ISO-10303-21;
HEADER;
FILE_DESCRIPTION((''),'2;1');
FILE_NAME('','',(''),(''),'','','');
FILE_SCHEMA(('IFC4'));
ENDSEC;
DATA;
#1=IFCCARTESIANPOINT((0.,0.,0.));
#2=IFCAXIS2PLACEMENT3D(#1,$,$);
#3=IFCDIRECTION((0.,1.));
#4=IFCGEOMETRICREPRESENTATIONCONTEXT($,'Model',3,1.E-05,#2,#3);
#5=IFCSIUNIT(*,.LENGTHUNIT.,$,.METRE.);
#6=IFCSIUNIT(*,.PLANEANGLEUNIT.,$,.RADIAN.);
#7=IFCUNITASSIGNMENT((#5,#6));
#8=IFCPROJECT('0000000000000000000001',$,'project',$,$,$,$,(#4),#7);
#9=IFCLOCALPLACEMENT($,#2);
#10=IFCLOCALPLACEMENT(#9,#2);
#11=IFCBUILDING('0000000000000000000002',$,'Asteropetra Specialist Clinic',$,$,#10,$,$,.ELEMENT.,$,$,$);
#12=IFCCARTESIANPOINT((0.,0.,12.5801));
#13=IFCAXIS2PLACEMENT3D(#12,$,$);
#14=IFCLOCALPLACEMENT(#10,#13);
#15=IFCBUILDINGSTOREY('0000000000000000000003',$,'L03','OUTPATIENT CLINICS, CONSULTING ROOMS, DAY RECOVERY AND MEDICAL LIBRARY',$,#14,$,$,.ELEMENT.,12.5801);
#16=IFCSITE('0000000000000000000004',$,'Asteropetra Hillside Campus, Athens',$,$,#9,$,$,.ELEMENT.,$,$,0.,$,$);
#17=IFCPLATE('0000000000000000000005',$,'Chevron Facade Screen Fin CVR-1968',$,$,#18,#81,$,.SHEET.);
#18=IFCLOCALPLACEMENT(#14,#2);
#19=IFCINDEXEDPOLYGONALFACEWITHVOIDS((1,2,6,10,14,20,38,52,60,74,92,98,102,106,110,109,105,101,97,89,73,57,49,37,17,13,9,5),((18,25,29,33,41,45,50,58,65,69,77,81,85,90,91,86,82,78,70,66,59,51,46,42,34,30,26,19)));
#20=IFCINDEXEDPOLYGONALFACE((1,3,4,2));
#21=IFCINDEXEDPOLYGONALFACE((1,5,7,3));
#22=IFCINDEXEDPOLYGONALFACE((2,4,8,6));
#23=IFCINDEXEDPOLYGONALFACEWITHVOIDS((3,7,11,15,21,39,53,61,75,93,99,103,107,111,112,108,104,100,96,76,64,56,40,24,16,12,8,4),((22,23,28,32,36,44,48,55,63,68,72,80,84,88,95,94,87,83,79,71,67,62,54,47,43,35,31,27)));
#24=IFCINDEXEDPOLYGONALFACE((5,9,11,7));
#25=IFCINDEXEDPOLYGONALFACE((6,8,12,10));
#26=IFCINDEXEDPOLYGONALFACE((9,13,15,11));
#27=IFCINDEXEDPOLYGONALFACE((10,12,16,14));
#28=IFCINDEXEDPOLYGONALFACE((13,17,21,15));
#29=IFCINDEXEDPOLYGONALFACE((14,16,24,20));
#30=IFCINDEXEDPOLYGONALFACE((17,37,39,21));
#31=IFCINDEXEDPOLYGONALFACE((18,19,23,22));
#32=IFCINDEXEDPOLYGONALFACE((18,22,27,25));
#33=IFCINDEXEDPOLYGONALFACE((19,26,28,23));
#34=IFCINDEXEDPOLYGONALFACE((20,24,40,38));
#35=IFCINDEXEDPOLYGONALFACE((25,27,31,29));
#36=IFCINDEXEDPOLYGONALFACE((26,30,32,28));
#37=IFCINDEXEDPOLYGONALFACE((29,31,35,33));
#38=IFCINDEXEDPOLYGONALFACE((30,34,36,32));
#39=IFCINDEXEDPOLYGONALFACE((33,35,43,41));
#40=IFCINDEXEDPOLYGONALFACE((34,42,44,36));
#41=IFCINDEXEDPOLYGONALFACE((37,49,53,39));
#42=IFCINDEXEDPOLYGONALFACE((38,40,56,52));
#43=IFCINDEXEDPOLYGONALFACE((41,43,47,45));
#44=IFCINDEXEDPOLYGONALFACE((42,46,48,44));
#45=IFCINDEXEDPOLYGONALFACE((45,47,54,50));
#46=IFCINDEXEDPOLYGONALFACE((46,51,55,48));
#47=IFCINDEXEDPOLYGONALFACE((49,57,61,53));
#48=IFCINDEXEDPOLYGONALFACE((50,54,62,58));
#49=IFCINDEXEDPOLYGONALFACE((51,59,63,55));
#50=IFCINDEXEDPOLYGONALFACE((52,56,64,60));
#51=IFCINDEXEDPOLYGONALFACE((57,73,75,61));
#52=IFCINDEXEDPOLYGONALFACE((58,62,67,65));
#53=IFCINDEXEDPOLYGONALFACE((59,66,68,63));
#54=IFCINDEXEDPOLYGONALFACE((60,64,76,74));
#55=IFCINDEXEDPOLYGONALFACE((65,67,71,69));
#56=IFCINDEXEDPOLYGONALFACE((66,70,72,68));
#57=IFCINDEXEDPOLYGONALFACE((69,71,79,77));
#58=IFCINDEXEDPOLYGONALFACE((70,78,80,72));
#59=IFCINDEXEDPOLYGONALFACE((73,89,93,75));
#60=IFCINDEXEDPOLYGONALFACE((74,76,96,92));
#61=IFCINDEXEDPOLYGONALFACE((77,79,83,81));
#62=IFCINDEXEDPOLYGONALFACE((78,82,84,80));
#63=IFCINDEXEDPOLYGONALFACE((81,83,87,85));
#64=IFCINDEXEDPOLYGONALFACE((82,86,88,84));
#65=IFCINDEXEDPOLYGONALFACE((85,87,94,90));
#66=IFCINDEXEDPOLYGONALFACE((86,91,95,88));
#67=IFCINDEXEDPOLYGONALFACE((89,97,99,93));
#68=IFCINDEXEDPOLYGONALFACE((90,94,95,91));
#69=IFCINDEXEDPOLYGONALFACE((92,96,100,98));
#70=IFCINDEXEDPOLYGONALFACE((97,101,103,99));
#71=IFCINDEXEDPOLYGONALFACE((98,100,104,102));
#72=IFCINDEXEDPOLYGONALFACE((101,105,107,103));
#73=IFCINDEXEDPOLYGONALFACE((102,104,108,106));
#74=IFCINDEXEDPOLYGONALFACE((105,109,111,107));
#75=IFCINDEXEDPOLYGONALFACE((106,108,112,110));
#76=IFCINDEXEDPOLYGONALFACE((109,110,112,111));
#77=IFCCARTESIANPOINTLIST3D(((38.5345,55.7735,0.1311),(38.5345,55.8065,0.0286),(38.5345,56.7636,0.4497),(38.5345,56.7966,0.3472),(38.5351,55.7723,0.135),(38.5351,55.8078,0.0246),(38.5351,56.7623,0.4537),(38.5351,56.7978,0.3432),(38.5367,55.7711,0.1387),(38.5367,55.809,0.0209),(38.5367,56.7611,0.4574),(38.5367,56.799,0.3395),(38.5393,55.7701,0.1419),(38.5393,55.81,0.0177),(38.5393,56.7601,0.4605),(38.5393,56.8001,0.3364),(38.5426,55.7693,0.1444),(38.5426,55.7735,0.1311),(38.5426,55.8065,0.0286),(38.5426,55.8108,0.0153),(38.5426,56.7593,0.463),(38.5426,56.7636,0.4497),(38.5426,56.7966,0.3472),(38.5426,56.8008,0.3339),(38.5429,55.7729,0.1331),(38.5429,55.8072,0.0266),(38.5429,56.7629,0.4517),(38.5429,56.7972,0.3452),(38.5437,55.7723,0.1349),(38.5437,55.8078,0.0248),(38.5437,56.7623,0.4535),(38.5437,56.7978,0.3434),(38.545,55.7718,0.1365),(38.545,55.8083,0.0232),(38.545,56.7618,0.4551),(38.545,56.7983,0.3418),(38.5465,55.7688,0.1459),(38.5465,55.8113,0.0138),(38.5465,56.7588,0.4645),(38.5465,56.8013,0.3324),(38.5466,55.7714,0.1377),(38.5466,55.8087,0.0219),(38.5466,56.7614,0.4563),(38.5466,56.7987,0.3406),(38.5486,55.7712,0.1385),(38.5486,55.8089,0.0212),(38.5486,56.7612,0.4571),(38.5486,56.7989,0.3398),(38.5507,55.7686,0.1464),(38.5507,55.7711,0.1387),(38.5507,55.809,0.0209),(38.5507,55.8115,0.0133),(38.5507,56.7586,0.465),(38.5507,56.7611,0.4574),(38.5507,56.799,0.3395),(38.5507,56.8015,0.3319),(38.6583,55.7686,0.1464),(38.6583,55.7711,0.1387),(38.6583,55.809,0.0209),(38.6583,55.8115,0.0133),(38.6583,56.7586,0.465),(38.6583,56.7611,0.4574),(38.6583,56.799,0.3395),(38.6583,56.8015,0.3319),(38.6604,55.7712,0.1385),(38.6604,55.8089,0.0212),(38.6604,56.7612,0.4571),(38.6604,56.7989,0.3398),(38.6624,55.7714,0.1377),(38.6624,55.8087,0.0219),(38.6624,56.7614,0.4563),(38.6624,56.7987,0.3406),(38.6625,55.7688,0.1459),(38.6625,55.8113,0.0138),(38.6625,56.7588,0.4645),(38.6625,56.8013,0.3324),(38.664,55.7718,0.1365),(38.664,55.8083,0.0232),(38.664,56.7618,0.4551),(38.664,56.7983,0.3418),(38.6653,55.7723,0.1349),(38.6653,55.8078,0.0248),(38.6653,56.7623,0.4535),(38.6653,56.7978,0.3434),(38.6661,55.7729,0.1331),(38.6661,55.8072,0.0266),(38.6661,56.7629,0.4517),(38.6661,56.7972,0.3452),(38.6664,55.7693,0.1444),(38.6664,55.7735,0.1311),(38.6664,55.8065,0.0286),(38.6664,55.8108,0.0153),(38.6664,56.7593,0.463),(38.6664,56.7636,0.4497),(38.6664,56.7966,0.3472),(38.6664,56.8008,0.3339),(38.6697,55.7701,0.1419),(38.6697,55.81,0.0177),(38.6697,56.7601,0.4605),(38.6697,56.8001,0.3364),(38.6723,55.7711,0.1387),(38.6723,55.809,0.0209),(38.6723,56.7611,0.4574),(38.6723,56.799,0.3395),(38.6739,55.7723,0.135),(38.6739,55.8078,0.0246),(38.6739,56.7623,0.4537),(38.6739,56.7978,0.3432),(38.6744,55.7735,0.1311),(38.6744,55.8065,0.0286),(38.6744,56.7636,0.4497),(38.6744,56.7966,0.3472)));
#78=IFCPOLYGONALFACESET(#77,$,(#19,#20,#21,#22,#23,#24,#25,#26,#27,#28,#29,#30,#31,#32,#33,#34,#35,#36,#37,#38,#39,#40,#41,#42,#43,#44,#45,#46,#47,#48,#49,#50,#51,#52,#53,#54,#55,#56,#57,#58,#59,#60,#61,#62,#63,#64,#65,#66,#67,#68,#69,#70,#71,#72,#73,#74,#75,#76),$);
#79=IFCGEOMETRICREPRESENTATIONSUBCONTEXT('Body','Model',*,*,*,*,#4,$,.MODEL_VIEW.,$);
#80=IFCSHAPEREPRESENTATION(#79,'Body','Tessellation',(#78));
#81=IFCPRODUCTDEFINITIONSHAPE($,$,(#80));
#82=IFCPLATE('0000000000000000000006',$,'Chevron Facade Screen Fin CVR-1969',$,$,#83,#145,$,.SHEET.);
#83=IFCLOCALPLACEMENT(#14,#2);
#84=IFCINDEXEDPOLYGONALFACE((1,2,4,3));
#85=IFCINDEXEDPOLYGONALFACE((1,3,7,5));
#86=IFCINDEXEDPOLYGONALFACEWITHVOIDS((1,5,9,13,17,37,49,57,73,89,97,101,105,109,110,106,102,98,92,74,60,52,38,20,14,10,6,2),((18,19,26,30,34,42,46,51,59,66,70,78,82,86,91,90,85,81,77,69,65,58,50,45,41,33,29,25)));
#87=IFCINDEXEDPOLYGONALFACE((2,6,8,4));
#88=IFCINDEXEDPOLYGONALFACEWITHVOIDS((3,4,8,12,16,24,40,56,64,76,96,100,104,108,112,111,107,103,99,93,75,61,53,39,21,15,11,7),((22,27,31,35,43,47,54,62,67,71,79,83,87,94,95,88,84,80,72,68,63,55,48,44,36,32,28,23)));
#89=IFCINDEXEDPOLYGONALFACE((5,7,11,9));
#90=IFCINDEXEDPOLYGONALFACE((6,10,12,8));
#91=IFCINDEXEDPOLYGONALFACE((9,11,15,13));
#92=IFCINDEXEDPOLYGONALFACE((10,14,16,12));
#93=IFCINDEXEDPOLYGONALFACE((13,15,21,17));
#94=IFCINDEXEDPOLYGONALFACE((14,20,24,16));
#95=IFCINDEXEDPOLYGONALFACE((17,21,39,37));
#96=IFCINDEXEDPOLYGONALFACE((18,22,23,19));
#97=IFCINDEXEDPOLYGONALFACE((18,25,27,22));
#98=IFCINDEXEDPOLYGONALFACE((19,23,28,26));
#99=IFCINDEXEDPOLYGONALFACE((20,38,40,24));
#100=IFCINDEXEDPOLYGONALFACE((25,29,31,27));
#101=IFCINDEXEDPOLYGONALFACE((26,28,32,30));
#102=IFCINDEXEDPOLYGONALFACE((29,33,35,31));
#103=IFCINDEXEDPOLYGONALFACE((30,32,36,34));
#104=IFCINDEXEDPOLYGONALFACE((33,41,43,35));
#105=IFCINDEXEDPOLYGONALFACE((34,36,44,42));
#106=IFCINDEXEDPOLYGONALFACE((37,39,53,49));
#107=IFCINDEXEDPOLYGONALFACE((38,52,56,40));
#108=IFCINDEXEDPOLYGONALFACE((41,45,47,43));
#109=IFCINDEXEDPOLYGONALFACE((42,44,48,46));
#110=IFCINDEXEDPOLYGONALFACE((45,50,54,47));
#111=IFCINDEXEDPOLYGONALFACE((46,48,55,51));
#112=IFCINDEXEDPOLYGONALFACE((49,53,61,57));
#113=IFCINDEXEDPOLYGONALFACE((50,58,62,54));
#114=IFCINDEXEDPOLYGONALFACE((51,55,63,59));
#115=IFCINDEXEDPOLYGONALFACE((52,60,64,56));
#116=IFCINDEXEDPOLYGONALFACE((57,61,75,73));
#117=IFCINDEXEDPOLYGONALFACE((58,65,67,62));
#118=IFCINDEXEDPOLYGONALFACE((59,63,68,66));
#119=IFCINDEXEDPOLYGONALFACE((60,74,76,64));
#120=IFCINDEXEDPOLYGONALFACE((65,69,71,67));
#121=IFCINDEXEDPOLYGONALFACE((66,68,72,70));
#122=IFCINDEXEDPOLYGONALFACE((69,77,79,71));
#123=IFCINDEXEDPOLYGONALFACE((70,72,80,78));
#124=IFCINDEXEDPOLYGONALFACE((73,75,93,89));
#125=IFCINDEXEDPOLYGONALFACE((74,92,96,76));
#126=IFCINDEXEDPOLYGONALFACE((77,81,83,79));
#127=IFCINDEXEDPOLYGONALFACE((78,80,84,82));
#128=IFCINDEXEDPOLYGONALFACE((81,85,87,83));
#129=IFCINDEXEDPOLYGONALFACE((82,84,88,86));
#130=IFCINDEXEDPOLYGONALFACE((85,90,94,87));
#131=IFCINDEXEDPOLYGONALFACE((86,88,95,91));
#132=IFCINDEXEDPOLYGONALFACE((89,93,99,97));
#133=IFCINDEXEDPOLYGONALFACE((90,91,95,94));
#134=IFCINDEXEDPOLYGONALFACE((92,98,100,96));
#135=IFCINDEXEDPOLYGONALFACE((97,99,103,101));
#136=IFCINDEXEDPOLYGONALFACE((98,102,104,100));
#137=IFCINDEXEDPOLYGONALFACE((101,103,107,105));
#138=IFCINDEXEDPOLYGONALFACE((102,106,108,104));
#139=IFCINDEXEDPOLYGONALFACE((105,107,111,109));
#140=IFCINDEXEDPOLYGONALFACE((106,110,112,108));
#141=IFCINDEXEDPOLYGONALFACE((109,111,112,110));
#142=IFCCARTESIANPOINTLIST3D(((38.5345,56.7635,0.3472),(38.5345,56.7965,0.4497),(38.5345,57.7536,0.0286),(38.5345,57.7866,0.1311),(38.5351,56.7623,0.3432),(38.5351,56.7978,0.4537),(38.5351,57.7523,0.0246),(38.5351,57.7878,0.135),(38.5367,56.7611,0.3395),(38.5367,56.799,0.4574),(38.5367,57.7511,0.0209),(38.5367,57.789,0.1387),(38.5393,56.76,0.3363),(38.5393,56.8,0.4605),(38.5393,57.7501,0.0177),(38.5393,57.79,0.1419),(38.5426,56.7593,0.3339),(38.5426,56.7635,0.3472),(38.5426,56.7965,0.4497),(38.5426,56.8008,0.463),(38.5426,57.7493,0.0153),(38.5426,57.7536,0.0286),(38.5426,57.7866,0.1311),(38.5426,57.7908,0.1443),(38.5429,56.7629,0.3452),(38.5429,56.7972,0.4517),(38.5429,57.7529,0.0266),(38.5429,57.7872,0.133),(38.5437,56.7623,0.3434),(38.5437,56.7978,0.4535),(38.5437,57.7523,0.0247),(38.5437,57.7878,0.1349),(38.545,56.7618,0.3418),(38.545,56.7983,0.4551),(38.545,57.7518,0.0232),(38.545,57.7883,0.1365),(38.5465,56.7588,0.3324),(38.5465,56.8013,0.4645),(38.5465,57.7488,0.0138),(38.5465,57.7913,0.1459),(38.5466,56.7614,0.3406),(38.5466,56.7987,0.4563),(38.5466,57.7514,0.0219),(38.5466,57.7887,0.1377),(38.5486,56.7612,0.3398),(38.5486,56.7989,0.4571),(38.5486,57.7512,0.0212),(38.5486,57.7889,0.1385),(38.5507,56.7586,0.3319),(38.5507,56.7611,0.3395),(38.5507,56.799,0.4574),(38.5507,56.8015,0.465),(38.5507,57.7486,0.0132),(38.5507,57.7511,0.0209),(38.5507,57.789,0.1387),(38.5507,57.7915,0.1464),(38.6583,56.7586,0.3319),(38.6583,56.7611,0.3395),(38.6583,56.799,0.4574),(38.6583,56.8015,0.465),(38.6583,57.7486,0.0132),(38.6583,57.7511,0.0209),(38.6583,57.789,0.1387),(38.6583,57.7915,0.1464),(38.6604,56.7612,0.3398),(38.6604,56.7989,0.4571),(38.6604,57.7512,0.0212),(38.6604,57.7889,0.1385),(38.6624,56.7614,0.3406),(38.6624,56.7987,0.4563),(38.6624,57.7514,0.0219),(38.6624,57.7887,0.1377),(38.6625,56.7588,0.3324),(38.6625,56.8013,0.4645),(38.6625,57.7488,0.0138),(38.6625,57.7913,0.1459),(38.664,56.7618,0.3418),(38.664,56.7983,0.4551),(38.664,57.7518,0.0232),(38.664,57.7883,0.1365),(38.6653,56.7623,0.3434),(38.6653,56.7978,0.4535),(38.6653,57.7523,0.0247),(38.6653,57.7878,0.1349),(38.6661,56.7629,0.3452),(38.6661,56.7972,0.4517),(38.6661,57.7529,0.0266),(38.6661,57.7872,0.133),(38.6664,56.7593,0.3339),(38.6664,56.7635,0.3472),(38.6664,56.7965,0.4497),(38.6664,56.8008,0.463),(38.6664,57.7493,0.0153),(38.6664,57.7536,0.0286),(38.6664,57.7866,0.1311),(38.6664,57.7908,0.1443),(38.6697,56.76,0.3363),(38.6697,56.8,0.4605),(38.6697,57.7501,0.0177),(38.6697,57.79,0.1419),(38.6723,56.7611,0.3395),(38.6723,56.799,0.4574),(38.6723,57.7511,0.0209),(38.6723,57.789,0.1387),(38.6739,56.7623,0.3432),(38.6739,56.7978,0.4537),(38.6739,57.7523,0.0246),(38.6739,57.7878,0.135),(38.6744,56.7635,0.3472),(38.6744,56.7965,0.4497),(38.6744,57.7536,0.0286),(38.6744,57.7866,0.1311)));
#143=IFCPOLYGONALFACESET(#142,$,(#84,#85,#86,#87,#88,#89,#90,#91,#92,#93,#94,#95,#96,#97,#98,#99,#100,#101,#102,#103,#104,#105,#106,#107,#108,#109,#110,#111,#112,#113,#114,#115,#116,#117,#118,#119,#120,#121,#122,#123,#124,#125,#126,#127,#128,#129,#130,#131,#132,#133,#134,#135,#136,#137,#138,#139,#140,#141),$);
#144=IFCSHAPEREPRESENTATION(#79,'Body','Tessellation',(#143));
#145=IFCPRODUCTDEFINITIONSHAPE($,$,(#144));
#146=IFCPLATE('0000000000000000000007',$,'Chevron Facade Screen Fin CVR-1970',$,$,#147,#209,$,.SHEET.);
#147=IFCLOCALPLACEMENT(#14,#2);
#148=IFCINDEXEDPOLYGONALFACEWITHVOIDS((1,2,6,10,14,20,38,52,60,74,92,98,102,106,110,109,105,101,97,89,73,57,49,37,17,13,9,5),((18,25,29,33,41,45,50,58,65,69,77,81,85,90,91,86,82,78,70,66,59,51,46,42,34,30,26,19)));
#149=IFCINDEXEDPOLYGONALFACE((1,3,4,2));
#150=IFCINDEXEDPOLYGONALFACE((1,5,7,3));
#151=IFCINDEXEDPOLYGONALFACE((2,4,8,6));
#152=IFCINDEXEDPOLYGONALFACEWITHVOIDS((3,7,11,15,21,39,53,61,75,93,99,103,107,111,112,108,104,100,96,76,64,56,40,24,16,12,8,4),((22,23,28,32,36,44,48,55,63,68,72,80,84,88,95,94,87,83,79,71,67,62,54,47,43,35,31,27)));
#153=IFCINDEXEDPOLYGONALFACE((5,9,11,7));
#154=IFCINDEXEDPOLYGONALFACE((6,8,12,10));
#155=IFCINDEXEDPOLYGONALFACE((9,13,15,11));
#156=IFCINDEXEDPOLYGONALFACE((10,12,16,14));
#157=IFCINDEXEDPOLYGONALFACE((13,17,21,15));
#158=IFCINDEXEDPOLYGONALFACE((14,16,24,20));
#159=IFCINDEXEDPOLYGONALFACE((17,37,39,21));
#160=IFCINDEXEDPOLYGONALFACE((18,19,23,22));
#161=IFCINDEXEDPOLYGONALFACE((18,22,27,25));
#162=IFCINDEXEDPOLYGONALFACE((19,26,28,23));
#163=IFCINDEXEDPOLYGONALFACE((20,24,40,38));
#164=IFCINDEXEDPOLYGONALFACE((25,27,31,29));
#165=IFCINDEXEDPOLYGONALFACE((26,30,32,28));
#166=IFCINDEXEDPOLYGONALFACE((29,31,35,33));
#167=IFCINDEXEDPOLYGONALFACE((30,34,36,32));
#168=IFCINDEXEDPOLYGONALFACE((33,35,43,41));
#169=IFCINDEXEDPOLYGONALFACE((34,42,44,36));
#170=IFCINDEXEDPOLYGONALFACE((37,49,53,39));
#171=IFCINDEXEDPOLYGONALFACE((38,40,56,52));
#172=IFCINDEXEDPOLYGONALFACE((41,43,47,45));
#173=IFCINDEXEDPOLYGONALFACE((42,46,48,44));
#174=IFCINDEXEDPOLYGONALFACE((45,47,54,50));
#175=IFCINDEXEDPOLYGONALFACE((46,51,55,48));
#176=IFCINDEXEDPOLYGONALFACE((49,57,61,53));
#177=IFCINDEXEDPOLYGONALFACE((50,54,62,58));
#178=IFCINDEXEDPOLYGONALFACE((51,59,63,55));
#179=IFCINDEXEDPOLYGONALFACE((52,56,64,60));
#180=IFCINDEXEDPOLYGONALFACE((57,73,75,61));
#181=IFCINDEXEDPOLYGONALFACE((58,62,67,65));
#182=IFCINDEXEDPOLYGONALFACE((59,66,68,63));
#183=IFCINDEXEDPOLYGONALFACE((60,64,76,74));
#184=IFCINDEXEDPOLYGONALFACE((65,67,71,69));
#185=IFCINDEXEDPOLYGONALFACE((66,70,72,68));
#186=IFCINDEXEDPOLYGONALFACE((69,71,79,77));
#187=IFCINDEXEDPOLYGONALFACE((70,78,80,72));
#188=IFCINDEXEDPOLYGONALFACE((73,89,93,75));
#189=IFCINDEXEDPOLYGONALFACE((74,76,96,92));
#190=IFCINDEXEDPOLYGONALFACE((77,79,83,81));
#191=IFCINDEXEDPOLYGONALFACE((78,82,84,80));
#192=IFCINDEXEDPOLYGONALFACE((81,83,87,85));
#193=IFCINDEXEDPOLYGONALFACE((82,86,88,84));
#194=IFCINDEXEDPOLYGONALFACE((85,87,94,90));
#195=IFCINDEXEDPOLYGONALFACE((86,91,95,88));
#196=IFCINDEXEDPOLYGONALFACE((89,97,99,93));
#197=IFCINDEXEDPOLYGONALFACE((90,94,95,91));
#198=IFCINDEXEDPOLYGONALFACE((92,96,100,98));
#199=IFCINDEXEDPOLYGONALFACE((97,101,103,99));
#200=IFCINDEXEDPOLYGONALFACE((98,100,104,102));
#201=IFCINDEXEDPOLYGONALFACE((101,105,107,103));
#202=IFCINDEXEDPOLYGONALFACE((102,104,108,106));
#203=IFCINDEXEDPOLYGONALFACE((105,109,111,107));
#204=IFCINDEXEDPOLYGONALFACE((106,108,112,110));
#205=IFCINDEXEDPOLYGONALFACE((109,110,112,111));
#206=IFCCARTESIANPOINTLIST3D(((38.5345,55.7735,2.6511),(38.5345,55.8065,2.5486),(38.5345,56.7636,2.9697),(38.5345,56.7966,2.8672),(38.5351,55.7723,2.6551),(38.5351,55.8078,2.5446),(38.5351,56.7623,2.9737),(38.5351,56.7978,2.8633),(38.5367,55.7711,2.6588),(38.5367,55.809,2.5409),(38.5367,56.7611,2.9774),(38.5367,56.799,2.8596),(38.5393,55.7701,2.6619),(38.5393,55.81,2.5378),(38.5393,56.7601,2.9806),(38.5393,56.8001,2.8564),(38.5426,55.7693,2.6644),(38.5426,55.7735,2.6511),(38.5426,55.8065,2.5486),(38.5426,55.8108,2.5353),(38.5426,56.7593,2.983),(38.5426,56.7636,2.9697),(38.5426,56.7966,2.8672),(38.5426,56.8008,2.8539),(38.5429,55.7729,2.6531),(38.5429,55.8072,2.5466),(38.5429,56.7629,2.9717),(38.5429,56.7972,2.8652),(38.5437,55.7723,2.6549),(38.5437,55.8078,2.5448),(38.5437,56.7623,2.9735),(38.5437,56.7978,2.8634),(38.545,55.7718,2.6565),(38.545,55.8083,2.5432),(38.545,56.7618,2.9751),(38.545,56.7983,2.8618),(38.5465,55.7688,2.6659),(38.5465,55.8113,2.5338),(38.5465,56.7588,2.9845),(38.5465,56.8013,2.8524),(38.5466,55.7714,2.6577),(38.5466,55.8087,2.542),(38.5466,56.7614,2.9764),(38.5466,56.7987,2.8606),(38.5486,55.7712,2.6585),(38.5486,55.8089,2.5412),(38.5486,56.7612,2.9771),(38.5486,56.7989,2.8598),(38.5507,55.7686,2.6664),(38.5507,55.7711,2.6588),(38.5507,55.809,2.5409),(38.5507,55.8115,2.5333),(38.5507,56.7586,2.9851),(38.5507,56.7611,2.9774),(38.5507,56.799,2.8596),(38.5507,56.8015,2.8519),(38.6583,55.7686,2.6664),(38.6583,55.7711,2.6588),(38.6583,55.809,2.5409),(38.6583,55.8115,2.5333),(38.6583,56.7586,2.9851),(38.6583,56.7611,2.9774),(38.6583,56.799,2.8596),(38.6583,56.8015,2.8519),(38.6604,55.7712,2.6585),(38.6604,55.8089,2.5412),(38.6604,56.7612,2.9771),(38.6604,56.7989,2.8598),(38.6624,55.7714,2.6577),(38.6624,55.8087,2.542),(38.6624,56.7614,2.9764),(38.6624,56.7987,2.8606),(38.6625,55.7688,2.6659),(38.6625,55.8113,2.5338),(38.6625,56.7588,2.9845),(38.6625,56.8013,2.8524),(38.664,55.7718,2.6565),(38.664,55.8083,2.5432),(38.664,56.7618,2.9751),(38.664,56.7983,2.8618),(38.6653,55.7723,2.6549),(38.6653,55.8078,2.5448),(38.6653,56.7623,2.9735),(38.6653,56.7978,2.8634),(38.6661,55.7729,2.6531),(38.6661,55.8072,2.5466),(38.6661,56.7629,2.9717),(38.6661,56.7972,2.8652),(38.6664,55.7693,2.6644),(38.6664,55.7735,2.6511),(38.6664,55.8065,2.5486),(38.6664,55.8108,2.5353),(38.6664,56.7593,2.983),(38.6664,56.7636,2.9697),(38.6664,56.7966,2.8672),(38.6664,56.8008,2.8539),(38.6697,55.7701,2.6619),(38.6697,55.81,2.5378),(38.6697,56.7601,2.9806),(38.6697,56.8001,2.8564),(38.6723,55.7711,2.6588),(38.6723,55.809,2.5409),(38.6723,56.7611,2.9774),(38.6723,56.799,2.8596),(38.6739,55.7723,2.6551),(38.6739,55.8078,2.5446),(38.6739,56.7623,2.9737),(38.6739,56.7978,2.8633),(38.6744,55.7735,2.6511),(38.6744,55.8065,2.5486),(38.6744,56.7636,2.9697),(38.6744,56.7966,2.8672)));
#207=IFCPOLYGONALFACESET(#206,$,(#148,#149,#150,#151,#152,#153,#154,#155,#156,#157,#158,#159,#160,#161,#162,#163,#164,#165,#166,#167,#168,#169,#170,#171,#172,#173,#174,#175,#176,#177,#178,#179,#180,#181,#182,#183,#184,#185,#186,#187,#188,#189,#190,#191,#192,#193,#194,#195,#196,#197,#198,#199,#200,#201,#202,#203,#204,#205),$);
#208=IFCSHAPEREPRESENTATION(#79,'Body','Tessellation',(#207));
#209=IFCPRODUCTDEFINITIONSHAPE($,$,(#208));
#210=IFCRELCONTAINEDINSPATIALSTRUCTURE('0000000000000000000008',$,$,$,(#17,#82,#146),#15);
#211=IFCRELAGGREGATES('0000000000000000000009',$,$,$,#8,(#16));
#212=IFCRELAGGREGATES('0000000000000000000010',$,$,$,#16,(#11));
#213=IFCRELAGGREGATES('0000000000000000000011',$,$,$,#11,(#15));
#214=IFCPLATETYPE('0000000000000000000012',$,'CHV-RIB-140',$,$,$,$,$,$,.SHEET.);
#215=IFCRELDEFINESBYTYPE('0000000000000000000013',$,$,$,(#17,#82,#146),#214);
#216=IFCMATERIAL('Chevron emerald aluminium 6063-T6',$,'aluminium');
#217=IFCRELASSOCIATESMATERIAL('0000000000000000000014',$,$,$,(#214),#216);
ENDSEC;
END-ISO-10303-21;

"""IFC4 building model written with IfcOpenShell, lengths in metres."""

from ifc_helpers import new_model, si_unit, direction, frame, origin, origin_2d, place, context, subcontext, project, spatial, hollow_rectangle, extrude, material, material_profile, profile_set, type_object, element, save


model = new_model("IFC4")

# Units and contexts
model_context = context("Model", 3, precision=1e-05, world=origin(), true_north=direction((0.0, 1.0)))
body_context = subcontext(model_context, "Body", "Model", "MODEL_VIEW")
ifc_project = project(units=[si_unit("LENGTHUNIT", "METRE"), si_unit("PLANEANGLEUNIT", "RADIAN")], contexts=[model_context])

# Site, building, storey
site_placement = place(None, origin())
site = spatial("IfcSite", under=ifc_project, at=site_placement, Name="Asteropetra Hillside Campus, Athens", CompositionType="ELEMENT", RefElevation=0.0)
building_placement = place(site_placement, origin())
building = spatial("IfcBuilding", under=site, at=building_placement, Name="Asteropetra Specialist Clinic", CompositionType="ELEMENT")
storey_placement = place(building_placement, frame((0.0, 0.0, 12.5801)))
storey = spatial("IfcBuildingStorey", under=building, at=storey_placement, Name="L03", Description="OUTPATIENT CLINICS, CONSULTING ROOMS, DAY RECOVERY AND MEDICAL LIBRARY", CompositionType="ELEMENT", Elevation=12.5801)

# Plates
ifc_material_1 = material(Name="Chevron emerald aluminium 6063-T6", Category="aluminium")
ifc_material_profile_1 = material_profile(ifc_material_1, hollow_rectangle(XDim=0.1399, YDim=0.1399, WallThickness=0.0081, InnerFilletRadius=0.0081, OuterFilletRadius=0.0161, at=origin_2d()), Name="SHS 140x140x8.0")
ifc_profile_set_1 = profile_set([ifc_material_profile_1], Name="Chevron emerald aluminium 6063-T6")
plate_type = type_object("IfcPlateType", Name="CHV-RIB-140", PredefinedType="SHEET", material=ifc_profile_set_1)
for number, where, z_axis, x_axis, name in (
    (1, (38.6045, 55.79, 0.0798), (0.0, 0.951919, 0.306351), (-1.0, 0.0, 0.0), "Chevron Facade Screen Fin CVR-1968"),
    (2, (38.6045, 56.78, 0.3984), (0.0, 0.951919, -0.306351), (-1.0, 0.0, 0.0), "Chevron Facade Screen Fin CVR-1969"),
    (3, (38.6045, 55.79, 2.5999), (0.0, 0.951919, 0.306351), (-1.0, 0.0, 0.0), "Chevron Facade Screen Fin CVR-1970"),
):
    element("IfcPlate", number, at=place(storey_placement, frame(where, z_axis=z_axis, x_axis=x_axis)), inside=storey, type_object=plate_type, Name=name, PredefinedType="SHEET", context=body_context, shape_type="SweptSolid", body=[
        extrude(hollow_rectangle(XDim=0.1399, YDim=0.1399, WallThickness=0.0081, InnerFilletRadius=0.0081, OuterFilletRadius=0.0161, at=origin_2d()), origin(), (0.0, 0.0, 1.0), 1.04),
    ])

save(model, "model.ifc")
